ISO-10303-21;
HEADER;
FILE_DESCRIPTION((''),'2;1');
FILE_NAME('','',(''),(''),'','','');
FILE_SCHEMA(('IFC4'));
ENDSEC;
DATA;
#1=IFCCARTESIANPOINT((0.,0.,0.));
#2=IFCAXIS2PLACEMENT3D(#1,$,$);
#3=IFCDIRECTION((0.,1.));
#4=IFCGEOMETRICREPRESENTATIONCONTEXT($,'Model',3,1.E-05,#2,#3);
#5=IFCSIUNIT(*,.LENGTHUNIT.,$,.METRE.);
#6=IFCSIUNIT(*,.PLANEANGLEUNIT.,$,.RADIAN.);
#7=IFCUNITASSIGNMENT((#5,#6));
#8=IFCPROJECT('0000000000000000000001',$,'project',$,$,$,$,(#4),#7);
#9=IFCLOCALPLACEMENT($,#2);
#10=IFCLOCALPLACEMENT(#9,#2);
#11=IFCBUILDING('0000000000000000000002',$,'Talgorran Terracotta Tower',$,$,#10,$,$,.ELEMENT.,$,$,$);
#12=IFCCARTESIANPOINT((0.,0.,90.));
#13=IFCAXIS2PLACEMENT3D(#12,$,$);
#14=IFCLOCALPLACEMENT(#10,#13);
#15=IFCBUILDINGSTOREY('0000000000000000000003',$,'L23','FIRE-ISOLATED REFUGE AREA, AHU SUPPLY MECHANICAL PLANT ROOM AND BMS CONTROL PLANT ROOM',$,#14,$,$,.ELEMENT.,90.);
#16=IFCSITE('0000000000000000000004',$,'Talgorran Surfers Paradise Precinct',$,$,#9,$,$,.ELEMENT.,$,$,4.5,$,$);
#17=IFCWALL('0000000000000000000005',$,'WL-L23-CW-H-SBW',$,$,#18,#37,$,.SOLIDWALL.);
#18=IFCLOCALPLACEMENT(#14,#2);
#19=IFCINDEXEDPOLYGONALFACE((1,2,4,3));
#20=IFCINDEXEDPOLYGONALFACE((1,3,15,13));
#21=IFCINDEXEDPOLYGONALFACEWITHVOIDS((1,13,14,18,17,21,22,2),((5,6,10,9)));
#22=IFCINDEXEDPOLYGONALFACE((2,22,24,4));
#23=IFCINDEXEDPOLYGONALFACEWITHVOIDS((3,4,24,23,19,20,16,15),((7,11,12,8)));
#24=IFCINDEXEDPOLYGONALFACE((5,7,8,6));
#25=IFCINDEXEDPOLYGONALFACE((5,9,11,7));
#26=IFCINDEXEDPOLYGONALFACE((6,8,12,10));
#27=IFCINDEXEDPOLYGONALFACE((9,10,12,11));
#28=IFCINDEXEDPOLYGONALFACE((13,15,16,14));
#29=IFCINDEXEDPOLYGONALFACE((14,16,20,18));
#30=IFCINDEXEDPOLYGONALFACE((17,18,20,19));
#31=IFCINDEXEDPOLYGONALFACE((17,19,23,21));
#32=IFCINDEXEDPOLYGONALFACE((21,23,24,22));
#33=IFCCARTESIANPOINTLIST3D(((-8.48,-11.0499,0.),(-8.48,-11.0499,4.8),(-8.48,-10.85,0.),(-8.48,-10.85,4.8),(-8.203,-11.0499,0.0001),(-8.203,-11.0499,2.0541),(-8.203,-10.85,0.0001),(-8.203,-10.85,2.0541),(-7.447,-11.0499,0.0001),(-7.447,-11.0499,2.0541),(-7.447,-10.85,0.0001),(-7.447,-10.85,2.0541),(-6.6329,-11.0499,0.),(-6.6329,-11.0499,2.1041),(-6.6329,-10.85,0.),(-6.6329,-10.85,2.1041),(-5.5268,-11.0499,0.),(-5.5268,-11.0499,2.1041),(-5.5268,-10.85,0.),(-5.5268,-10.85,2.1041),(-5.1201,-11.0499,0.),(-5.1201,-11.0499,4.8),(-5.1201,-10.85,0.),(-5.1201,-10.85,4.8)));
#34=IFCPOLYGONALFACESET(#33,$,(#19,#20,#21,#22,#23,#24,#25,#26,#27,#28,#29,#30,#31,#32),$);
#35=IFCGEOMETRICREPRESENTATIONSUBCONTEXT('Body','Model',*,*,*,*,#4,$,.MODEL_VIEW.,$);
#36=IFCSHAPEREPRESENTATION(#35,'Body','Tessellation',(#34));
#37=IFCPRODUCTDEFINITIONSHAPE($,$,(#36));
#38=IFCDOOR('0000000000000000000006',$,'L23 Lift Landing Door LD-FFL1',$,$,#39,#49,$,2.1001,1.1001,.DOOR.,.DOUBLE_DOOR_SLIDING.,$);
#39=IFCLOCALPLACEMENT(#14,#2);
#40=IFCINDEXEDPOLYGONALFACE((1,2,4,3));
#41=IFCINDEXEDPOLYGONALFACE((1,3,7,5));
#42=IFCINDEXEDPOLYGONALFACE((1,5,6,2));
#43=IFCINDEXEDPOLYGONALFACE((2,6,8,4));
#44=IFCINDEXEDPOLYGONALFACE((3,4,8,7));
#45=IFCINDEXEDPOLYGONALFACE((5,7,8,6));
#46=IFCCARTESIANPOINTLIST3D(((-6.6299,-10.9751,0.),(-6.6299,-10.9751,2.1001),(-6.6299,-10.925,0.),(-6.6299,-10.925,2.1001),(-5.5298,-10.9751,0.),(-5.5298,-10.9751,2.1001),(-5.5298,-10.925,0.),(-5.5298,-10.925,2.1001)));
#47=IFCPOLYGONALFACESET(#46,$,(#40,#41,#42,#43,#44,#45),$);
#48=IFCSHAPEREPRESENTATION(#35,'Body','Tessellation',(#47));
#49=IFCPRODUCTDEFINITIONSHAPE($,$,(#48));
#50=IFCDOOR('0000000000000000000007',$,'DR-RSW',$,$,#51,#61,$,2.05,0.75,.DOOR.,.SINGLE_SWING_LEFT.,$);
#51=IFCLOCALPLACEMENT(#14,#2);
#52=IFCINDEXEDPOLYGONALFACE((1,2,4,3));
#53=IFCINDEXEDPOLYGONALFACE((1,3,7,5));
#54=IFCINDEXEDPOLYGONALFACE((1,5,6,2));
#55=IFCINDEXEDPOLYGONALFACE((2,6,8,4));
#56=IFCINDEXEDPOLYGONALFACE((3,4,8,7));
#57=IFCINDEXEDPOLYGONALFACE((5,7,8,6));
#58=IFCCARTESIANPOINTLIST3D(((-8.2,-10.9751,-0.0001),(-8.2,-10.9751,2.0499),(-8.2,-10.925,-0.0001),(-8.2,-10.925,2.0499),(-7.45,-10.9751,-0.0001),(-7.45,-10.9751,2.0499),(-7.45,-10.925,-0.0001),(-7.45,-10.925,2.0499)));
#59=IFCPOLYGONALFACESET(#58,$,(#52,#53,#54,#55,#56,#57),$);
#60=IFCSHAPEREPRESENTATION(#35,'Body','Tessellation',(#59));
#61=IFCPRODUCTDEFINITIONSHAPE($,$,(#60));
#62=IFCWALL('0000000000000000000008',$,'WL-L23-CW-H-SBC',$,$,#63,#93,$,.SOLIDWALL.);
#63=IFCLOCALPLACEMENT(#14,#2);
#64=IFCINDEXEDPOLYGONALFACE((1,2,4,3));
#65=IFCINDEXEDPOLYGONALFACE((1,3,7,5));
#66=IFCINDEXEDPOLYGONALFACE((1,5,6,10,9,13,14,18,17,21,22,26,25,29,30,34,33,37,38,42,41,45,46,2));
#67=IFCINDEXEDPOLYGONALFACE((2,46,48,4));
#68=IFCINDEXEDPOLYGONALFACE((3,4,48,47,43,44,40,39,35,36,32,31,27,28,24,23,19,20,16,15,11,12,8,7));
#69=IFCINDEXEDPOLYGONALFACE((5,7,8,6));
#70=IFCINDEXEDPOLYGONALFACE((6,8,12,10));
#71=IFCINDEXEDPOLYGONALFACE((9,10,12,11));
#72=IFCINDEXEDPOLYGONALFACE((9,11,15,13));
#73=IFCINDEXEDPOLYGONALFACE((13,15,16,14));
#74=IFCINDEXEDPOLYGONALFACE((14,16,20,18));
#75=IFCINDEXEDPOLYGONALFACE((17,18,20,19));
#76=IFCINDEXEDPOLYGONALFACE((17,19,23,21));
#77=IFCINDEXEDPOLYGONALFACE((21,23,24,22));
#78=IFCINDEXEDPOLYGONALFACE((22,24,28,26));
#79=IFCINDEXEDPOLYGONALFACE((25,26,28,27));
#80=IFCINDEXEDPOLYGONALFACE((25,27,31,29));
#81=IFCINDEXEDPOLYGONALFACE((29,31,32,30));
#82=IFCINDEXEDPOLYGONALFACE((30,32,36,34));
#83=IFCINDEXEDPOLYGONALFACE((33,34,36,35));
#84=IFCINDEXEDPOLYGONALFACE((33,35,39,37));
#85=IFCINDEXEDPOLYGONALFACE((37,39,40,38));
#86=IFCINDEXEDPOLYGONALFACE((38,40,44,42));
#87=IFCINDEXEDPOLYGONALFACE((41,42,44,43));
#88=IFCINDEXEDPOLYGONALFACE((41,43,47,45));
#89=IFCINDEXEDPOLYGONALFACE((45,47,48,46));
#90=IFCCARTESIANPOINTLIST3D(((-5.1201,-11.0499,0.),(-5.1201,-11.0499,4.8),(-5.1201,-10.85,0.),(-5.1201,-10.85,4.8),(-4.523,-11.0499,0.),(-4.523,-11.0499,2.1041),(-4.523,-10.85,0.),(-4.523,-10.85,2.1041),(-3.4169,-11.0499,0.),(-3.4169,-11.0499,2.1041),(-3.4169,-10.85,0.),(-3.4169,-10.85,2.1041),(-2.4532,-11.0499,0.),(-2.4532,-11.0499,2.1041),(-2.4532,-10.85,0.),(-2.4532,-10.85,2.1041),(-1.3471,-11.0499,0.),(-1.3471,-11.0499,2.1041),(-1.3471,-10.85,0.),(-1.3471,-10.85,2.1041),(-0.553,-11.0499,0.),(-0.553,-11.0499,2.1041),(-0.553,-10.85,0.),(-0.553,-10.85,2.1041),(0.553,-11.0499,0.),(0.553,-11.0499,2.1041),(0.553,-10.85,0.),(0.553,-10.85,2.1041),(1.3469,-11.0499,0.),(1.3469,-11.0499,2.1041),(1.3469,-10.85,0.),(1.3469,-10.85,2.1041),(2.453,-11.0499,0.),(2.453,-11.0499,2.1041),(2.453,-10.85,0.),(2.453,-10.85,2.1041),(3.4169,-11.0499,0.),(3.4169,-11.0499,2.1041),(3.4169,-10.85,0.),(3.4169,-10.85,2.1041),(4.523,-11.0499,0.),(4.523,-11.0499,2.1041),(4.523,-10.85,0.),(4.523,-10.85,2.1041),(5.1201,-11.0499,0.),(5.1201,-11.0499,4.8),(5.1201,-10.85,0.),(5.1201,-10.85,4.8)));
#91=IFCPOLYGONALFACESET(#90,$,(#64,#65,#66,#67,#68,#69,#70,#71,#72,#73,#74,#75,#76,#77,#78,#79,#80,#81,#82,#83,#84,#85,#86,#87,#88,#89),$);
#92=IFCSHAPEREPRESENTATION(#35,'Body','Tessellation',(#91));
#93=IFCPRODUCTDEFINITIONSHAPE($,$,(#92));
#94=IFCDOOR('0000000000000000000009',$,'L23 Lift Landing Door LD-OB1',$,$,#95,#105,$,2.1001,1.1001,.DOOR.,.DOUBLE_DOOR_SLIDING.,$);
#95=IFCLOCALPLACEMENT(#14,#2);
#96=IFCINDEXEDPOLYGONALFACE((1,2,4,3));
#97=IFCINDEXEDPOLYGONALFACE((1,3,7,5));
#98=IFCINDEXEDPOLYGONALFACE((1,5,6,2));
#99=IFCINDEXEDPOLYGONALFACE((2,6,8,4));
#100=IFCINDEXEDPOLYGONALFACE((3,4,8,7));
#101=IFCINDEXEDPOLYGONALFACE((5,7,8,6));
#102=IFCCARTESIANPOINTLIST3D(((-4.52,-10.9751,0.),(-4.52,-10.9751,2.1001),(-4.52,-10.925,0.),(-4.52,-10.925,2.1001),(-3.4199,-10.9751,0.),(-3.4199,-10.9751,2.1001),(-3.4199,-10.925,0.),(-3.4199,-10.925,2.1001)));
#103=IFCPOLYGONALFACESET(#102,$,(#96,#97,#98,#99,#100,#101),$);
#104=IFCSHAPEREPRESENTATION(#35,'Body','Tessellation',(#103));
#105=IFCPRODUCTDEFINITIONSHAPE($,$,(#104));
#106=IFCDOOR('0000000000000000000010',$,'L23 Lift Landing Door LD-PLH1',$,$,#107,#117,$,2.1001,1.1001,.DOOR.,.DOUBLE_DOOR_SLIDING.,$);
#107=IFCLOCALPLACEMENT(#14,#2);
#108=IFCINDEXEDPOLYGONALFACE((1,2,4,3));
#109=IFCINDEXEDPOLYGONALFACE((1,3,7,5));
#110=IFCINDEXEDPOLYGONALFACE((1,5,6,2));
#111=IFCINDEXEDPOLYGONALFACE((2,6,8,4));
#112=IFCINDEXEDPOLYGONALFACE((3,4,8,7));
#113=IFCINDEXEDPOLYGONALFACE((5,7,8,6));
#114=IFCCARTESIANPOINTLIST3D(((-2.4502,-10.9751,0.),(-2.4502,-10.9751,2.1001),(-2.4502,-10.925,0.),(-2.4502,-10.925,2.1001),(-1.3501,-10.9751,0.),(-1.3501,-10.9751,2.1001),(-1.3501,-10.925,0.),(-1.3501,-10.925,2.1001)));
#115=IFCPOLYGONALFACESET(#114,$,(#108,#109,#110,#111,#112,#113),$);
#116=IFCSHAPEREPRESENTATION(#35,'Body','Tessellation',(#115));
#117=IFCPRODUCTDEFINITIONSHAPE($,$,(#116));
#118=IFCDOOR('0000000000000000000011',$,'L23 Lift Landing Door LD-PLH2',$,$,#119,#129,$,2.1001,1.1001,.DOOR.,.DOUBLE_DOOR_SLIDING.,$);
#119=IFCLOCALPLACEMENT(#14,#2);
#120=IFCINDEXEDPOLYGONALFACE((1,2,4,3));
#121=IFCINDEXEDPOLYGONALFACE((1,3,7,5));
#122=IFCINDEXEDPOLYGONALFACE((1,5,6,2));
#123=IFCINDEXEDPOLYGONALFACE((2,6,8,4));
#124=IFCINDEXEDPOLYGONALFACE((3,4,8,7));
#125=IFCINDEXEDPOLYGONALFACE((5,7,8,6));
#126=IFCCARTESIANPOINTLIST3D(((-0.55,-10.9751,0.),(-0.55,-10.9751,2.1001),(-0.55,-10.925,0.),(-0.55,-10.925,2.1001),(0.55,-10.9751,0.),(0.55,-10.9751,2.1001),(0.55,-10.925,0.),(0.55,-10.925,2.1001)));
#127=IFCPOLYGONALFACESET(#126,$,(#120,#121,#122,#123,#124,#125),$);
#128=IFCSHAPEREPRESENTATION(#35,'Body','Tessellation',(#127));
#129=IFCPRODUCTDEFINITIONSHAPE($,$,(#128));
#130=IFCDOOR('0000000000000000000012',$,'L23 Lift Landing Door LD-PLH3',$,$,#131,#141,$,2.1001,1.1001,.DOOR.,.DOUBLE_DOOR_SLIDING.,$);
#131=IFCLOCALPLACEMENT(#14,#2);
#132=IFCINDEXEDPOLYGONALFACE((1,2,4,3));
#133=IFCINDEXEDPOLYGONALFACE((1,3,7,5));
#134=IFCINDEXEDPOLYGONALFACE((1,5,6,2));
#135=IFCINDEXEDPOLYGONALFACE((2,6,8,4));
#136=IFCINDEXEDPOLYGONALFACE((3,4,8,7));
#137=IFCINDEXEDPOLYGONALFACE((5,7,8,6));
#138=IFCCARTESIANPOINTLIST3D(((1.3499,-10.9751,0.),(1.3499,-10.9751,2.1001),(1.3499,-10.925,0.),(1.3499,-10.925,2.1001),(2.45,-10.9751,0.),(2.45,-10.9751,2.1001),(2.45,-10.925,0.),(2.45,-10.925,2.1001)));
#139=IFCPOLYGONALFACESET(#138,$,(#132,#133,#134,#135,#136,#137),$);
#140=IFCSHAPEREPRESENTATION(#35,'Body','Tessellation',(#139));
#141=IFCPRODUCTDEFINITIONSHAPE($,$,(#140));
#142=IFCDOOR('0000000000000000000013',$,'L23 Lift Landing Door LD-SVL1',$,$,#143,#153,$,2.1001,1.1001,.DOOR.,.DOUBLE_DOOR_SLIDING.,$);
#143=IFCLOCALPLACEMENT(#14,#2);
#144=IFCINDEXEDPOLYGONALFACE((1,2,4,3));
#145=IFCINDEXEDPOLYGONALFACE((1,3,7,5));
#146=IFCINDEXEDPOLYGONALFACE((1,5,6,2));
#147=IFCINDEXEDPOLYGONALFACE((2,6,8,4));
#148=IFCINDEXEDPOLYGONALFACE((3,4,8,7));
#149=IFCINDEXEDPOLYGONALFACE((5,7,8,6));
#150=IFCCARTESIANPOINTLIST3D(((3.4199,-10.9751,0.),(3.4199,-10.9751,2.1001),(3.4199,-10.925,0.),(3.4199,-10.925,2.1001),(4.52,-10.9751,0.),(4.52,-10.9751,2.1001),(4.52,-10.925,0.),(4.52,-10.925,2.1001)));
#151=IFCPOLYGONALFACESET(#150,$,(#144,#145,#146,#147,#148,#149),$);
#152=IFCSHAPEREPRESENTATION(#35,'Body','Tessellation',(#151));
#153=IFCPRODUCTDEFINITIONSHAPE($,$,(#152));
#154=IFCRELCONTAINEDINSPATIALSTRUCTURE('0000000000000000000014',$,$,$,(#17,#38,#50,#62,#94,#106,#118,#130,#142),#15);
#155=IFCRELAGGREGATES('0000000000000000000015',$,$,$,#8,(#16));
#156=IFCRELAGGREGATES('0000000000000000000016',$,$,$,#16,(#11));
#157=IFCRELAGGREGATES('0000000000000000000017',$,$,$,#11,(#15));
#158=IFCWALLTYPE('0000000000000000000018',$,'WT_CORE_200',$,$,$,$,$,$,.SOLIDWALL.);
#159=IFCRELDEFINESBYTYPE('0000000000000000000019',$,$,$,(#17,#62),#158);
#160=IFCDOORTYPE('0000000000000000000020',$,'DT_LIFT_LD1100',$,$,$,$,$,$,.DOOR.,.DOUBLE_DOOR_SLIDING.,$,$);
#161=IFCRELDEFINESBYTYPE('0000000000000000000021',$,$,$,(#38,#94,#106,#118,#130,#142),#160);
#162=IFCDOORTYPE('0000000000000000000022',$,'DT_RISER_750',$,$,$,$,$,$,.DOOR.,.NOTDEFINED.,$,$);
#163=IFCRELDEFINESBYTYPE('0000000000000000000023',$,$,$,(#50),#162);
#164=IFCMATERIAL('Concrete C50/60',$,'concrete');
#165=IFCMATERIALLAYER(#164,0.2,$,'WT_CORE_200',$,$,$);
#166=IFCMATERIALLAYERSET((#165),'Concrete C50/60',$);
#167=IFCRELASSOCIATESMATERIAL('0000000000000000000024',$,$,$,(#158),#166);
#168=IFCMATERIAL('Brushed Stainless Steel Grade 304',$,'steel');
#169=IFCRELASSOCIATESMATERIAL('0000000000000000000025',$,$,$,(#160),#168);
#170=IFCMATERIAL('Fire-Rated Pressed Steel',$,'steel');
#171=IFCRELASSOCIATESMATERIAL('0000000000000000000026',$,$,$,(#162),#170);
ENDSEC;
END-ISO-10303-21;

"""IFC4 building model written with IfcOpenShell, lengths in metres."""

from ifc_helpers import new_model, si_unit, direction, frame, frame_2d, origin, place, context, subcontext, project, spatial, rectangle, extrude, material, layer, layer_set, type_object, element, fill, save


model = new_model("IFC4")

# Units and contexts
model_context = context("Model", 3, precision=1e-05, world=origin(), true_north=direction((0.0, 1.0)))
body_context = subcontext(model_context, "Body", "Model", "MODEL_VIEW")
ifc_project = project(units=[si_unit("LENGTHUNIT", "METRE"), si_unit("PLANEANGLEUNIT", "RADIAN")], contexts=[model_context])

# Site, building, storey
site_placement = place(None, origin())
site = spatial("IfcSite", under=ifc_project, at=site_placement, Name="Talgorran Surfers Paradise Precinct", CompositionType="ELEMENT", RefElevation=4.5)
building_placement = place(site_placement, origin())
building = spatial("IfcBuilding", under=site, at=building_placement, Name="Talgorran Terracotta Tower", CompositionType="ELEMENT")
storey_placement = place(building_placement, frame((0.0, 0.0, 90.0)))
storey = spatial("IfcBuildingStorey", under=building, at=storey_placement, Name="L23", Description="FIRE-ISOLATED REFUGE AREA, AHU SUPPLY MECHANICAL PLANT ROOM AND BMS CONTROL PLANT ROOM", CompositionType="ELEMENT", Elevation=90.0)

# Shared definitions
ifc_material_1 = material(Name="Concrete C50/60", Category="concrete")
ifc_layer_1 = layer(ifc_material_1, 0.2, Name="WT_CORE_200")
ifc_layer_set_1 = layer_set([ifc_layer_1], Name="Concrete C50/60")
wall_type_1 = type_object("IfcWallType", Name="WT_CORE_200", PredefinedType="SOLIDWALL", material=ifc_layer_set_1)

# Walls, openings, doors
wall_1_placement = place(storey_placement, frame((-8.48, -10.95, 0.0), z_axis=(0.0, 0.0, 1.0), x_axis=(1.0, 0.0, 0.0)))
wall_1 = element("IfcWall", 1, at=wall_1_placement, inside=storey, type_object=wall_type_1, Name="WL-L23-CW-H-SBW", PredefinedType="SOLIDWALL", context=body_context, shape_type="SweptSolid", body=[
    extrude(rectangle(XDim=3.3599, YDim=0.2, at=frame_2d((1.6799, 0.0))), origin(), (0.0, 0.0, 1.0), 4.8),
])
opening_1_placement = place(wall_1_placement, frame((0.28, 0.0, 0.0)))
opening_1 = element("IfcOpeningElement", 2, at=opening_1_placement, cuts=wall_1, PredefinedType="OPENING", context=body_context, shape_type="SweptSolid", body=[
    extrude(rectangle(XDim=0.756, YDim=2.054, at=frame_2d((0.375, 1.0271))), frame((0.0, 0.1099, 0.0), z_axis=(0.0, -1.0, 0.0), x_axis=(1.0, 0.0, 0.0)), (0.0, 0.0, 1.0), 0.22),
])
opening_2_placement = place(wall_1_placement, frame((1.8501, 0.0, 0.0)))
opening_2 = element("IfcOpeningElement", 3, at=opening_2_placement, cuts=wall_1, PredefinedType="OPENING", context=body_context, shape_type="SweptSolid", body=[
    extrude(rectangle(XDim=1.1061, YDim=2.1041, at=frame_2d((0.55, 1.052))), frame((0.0, 0.1099, 0.0), z_axis=(0.0, -1.0, 0.0), x_axis=(1.0, 0.0, 0.0)), (0.0, 0.0, 1.0), 0.22),
])
ifc_material_2 = material(Name="Brushed Stainless Steel Grade 304", Category="steel")
door_type_1 = type_object("IfcDoorType", Name="DT_LIFT_LD1100", OperationType="DOUBLE_DOOR_SLIDING", PredefinedType="DOOR", material=ifc_material_2)
door_1_placement = place(opening_2_placement, origin())
door_1 = element("IfcDoor", 4, at=door_1_placement, inside=storey, type_object=door_type_1, Name="L23 Lift Landing Door LD-FFL1", OperationType="DOUBLE_DOOR_SLIDING", OverallHeight=2.1001, OverallWidth=1.1001, PredefinedType="DOOR", context=body_context, shape_type="SweptSolid", body=[
    extrude(rectangle(XDim=1.1001, YDim=2.1001, at=frame_2d((0.55, 1.05))), frame((0.0, 0.0249, 0.0), z_axis=(0.0, -1.0, 0.0), x_axis=(1.0, 0.0, 0.0)), (0.0, 0.0, 1.0), 0.05),
])
fill(opening_2, door_1)
ifc_material_3 = material(Name="Fire-Rated Pressed Steel", Category="steel")
door_type_2 = type_object("IfcDoorType", Name="DT_RISER_750", OperationType="NOTDEFINED", PredefinedType="DOOR", material=ifc_material_3)
door_2_placement = place(opening_1_placement, origin())
door_2 = element("IfcDoor", 5, at=door_2_placement, inside=storey, type_object=door_type_2, Name="DR-RSW", OperationType="SINGLE_SWING_LEFT", OverallHeight=2.05, OverallWidth=0.75, PredefinedType="DOOR", context=body_context, shape_type="SweptSolid", body=[
    extrude(rectangle(XDim=0.75, YDim=2.05, at=frame_2d((0.375, 1.0249))), frame((0.0, 0.0249, 0.0), z_axis=(0.0, -1.0, 0.0), x_axis=(1.0, 0.0, 0.0)), (0.0, 0.0, 1.0), 0.05),
])
fill(opening_1, door_2)
wall_2_placement = place(storey_placement, frame((-5.1201, -10.95, 0.0), z_axis=(0.0, 0.0, 1.0), x_axis=(1.0, 0.0, 0.0)))
wall_2 = element("IfcWall", 6, at=wall_2_placement, inside=storey, type_object=wall_type_1, Name="WL-L23-CW-H-SBC", PredefinedType="SOLIDWALL", context=body_context, shape_type="SweptSolid", body=[
    extrude(rectangle(XDim=10.2402, YDim=0.2, at=frame_2d((5.1201, 0.0))), origin(), (0.0, 0.0, 1.0), 4.8),
])
opening_3_placement = place(wall_2_placement, frame((0.6001, 0.0, 0.0)))
opening_3 = element("IfcOpeningElement", 7, at=opening_3_placement, cuts=wall_2, PredefinedType="OPENING", context=body_context, shape_type="SweptSolid", body=[
    extrude(rectangle(XDim=1.1061, YDim=2.1041, at=frame_2d((0.55, 1.052))), frame((0.0, 0.1099, 0.0), z_axis=(0.0, -1.0, 0.0), x_axis=(1.0, 0.0, 0.0)), (0.0, 0.0, 1.0), 0.22),
])
opening_4_placement = place(wall_2_placement, frame((2.6699, 0.0, 0.0)))
opening_4 = element("IfcOpeningElement", 8, at=opening_4_placement, cuts=wall_2, PredefinedType="OPENING", context=body_context, shape_type="SweptSolid", body=[
    extrude(rectangle(XDim=1.1061, YDim=2.1041, at=frame_2d((0.55, 1.052))), frame((0.0, 0.1099, 0.0), z_axis=(0.0, -1.0, 0.0), x_axis=(1.0, 0.0, 0.0)), (0.0, 0.0, 1.0), 0.22),
])
opening_5_placement = place(wall_2_placement, frame((4.5701, 0.0, 0.0)))
opening_5 = element("IfcOpeningElement", 9, at=opening_5_placement, cuts=wall_2, PredefinedType="OPENING", context=body_context, shape_type="SweptSolid", body=[
    extrude(rectangle(XDim=1.1061, YDim=2.1041, at=frame_2d((0.55, 1.052))), frame((0.0, 0.1099, 0.0), z_axis=(0.0, -1.0, 0.0), x_axis=(1.0, 0.0, 0.0)), (0.0, 0.0, 1.0), 0.22),
])
opening_6_placement = place(wall_2_placement, frame((6.47, 0.0, 0.0)))
opening_6 = element("IfcOpeningElement", 10, at=opening_6_placement, cuts=wall_2, PredefinedType="OPENING", context=body_context, shape_type="SweptSolid", body=[
    extrude(rectangle(XDim=1.1061, YDim=2.1041, at=frame_2d((0.55, 1.052))), frame((0.0, 0.1099, 0.0), z_axis=(0.0, -1.0, 0.0), x_axis=(1.0, 0.0, 0.0)), (0.0, 0.0, 1.0), 0.22),
])
opening_7_placement = place(wall_2_placement, frame((8.54, 0.0, 0.0)))
opening_7 = element("IfcOpeningElement", 11, at=opening_7_placement, cuts=wall_2, PredefinedType="OPENING", context=body_context, shape_type="SweptSolid", body=[
    extrude(rectangle(XDim=1.1061, YDim=2.1041, at=frame_2d((0.55, 1.052))), frame((0.0, 0.1099, 0.0), z_axis=(0.0, -1.0, 0.0), x_axis=(1.0, 0.0, 0.0)), (0.0, 0.0, 1.0), 0.22),
])
door_3_placement = place(opening_3_placement, origin())
door_3 = element("IfcDoor", 12, at=door_3_placement, inside=storey, type_object=door_type_1, Name="L23 Lift Landing Door LD-OB1", OperationType="DOUBLE_DOOR_SLIDING", OverallHeight=2.1001, OverallWidth=1.1001, PredefinedType="DOOR", context=body_context, shape_type="SweptSolid", body=[
    extrude(rectangle(XDim=1.1001, YDim=2.1001, at=frame_2d((0.55, 1.05))), frame((0.0, 0.0249, 0.0), z_axis=(0.0, -1.0, 0.0), x_axis=(1.0, 0.0, 0.0)), (0.0, 0.0, 1.0), 0.05),
])
fill(opening_3, door_3)
door_4_placement = place(opening_4_placement, origin())
door_4 = element("IfcDoor", 13, at=door_4_placement, inside=storey, type_object=door_type_1, Name="L23 Lift Landing Door LD-PLH1", OperationType="DOUBLE_DOOR_SLIDING", OverallHeight=2.1001, OverallWidth=1.1001, PredefinedType="DOOR", context=body_context, shape_type="SweptSolid", body=[
    extrude(rectangle(XDim=1.1001, YDim=2.1001, at=frame_2d((0.55, 1.05))), frame((0.0, 0.0249, 0.0), z_axis=(0.0, -1.0, 0.0), x_axis=(1.0, 0.0, 0.0)), (0.0, 0.0, 1.0), 0.05),
])
fill(opening_4, door_4)
door_5_placement = place(opening_5_placement, origin())
door_5 = element("IfcDoor", 14, at=door_5_placement, inside=storey, type_object=door_type_1, Name="L23 Lift Landing Door LD-PLH2", OperationType="DOUBLE_DOOR_SLIDING", OverallHeight=2.1001, OverallWidth=1.1001, PredefinedType="DOOR", context=body_context, shape_type="SweptSolid", body=[
    extrude(rectangle(XDim=1.1001, YDim=2.1001, at=frame_2d((0.55, 1.05))), frame((0.0, 0.0249, 0.0), z_axis=(0.0, -1.0, 0.0), x_axis=(1.0, 0.0, 0.0)), (0.0, 0.0, 1.0), 0.05),
])
fill(opening_5, door_5)
door_6_placement = place(opening_6_placement, origin())
door_6 = element("IfcDoor", 15, at=door_6_placement, inside=storey, type_object=door_type_1, Name="L23 Lift Landing Door LD-PLH3", OperationType="DOUBLE_DOOR_SLIDING", OverallHeight=2.1001, OverallWidth=1.1001, PredefinedType="DOOR", context=body_context, shape_type="SweptSolid", body=[
    extrude(rectangle(XDim=1.1001, YDim=2.1001, at=frame_2d((0.55, 1.05))), frame((0.0, 0.0249, 0.0), z_axis=(0.0, -1.0, 0.0), x_axis=(1.0, 0.0, 0.0)), (0.0, 0.0, 1.0), 0.05),
])
fill(opening_6, door_6)
door_7_placement = place(opening_7_placement, origin())
door_7 = element("IfcDoor", 16, at=door_7_placement, inside=storey, type_object=door_type_1, Name="L23 Lift Landing Door LD-SVL1", OperationType="DOUBLE_DOOR_SLIDING", OverallHeight=2.1001, OverallWidth=1.1001, PredefinedType="DOOR", context=body_context, shape_type="SweptSolid", body=[
    extrude(rectangle(XDim=1.1001, YDim=2.1001, at=frame_2d((0.55, 1.05))), frame((0.0, 0.0249, 0.0), z_axis=(0.0, -1.0, 0.0), x_axis=(1.0, 0.0, 0.0)), (0.0, 0.0, 1.0), 0.05),
])
fill(opening_7, door_7)

save(model, "model.ifc")
